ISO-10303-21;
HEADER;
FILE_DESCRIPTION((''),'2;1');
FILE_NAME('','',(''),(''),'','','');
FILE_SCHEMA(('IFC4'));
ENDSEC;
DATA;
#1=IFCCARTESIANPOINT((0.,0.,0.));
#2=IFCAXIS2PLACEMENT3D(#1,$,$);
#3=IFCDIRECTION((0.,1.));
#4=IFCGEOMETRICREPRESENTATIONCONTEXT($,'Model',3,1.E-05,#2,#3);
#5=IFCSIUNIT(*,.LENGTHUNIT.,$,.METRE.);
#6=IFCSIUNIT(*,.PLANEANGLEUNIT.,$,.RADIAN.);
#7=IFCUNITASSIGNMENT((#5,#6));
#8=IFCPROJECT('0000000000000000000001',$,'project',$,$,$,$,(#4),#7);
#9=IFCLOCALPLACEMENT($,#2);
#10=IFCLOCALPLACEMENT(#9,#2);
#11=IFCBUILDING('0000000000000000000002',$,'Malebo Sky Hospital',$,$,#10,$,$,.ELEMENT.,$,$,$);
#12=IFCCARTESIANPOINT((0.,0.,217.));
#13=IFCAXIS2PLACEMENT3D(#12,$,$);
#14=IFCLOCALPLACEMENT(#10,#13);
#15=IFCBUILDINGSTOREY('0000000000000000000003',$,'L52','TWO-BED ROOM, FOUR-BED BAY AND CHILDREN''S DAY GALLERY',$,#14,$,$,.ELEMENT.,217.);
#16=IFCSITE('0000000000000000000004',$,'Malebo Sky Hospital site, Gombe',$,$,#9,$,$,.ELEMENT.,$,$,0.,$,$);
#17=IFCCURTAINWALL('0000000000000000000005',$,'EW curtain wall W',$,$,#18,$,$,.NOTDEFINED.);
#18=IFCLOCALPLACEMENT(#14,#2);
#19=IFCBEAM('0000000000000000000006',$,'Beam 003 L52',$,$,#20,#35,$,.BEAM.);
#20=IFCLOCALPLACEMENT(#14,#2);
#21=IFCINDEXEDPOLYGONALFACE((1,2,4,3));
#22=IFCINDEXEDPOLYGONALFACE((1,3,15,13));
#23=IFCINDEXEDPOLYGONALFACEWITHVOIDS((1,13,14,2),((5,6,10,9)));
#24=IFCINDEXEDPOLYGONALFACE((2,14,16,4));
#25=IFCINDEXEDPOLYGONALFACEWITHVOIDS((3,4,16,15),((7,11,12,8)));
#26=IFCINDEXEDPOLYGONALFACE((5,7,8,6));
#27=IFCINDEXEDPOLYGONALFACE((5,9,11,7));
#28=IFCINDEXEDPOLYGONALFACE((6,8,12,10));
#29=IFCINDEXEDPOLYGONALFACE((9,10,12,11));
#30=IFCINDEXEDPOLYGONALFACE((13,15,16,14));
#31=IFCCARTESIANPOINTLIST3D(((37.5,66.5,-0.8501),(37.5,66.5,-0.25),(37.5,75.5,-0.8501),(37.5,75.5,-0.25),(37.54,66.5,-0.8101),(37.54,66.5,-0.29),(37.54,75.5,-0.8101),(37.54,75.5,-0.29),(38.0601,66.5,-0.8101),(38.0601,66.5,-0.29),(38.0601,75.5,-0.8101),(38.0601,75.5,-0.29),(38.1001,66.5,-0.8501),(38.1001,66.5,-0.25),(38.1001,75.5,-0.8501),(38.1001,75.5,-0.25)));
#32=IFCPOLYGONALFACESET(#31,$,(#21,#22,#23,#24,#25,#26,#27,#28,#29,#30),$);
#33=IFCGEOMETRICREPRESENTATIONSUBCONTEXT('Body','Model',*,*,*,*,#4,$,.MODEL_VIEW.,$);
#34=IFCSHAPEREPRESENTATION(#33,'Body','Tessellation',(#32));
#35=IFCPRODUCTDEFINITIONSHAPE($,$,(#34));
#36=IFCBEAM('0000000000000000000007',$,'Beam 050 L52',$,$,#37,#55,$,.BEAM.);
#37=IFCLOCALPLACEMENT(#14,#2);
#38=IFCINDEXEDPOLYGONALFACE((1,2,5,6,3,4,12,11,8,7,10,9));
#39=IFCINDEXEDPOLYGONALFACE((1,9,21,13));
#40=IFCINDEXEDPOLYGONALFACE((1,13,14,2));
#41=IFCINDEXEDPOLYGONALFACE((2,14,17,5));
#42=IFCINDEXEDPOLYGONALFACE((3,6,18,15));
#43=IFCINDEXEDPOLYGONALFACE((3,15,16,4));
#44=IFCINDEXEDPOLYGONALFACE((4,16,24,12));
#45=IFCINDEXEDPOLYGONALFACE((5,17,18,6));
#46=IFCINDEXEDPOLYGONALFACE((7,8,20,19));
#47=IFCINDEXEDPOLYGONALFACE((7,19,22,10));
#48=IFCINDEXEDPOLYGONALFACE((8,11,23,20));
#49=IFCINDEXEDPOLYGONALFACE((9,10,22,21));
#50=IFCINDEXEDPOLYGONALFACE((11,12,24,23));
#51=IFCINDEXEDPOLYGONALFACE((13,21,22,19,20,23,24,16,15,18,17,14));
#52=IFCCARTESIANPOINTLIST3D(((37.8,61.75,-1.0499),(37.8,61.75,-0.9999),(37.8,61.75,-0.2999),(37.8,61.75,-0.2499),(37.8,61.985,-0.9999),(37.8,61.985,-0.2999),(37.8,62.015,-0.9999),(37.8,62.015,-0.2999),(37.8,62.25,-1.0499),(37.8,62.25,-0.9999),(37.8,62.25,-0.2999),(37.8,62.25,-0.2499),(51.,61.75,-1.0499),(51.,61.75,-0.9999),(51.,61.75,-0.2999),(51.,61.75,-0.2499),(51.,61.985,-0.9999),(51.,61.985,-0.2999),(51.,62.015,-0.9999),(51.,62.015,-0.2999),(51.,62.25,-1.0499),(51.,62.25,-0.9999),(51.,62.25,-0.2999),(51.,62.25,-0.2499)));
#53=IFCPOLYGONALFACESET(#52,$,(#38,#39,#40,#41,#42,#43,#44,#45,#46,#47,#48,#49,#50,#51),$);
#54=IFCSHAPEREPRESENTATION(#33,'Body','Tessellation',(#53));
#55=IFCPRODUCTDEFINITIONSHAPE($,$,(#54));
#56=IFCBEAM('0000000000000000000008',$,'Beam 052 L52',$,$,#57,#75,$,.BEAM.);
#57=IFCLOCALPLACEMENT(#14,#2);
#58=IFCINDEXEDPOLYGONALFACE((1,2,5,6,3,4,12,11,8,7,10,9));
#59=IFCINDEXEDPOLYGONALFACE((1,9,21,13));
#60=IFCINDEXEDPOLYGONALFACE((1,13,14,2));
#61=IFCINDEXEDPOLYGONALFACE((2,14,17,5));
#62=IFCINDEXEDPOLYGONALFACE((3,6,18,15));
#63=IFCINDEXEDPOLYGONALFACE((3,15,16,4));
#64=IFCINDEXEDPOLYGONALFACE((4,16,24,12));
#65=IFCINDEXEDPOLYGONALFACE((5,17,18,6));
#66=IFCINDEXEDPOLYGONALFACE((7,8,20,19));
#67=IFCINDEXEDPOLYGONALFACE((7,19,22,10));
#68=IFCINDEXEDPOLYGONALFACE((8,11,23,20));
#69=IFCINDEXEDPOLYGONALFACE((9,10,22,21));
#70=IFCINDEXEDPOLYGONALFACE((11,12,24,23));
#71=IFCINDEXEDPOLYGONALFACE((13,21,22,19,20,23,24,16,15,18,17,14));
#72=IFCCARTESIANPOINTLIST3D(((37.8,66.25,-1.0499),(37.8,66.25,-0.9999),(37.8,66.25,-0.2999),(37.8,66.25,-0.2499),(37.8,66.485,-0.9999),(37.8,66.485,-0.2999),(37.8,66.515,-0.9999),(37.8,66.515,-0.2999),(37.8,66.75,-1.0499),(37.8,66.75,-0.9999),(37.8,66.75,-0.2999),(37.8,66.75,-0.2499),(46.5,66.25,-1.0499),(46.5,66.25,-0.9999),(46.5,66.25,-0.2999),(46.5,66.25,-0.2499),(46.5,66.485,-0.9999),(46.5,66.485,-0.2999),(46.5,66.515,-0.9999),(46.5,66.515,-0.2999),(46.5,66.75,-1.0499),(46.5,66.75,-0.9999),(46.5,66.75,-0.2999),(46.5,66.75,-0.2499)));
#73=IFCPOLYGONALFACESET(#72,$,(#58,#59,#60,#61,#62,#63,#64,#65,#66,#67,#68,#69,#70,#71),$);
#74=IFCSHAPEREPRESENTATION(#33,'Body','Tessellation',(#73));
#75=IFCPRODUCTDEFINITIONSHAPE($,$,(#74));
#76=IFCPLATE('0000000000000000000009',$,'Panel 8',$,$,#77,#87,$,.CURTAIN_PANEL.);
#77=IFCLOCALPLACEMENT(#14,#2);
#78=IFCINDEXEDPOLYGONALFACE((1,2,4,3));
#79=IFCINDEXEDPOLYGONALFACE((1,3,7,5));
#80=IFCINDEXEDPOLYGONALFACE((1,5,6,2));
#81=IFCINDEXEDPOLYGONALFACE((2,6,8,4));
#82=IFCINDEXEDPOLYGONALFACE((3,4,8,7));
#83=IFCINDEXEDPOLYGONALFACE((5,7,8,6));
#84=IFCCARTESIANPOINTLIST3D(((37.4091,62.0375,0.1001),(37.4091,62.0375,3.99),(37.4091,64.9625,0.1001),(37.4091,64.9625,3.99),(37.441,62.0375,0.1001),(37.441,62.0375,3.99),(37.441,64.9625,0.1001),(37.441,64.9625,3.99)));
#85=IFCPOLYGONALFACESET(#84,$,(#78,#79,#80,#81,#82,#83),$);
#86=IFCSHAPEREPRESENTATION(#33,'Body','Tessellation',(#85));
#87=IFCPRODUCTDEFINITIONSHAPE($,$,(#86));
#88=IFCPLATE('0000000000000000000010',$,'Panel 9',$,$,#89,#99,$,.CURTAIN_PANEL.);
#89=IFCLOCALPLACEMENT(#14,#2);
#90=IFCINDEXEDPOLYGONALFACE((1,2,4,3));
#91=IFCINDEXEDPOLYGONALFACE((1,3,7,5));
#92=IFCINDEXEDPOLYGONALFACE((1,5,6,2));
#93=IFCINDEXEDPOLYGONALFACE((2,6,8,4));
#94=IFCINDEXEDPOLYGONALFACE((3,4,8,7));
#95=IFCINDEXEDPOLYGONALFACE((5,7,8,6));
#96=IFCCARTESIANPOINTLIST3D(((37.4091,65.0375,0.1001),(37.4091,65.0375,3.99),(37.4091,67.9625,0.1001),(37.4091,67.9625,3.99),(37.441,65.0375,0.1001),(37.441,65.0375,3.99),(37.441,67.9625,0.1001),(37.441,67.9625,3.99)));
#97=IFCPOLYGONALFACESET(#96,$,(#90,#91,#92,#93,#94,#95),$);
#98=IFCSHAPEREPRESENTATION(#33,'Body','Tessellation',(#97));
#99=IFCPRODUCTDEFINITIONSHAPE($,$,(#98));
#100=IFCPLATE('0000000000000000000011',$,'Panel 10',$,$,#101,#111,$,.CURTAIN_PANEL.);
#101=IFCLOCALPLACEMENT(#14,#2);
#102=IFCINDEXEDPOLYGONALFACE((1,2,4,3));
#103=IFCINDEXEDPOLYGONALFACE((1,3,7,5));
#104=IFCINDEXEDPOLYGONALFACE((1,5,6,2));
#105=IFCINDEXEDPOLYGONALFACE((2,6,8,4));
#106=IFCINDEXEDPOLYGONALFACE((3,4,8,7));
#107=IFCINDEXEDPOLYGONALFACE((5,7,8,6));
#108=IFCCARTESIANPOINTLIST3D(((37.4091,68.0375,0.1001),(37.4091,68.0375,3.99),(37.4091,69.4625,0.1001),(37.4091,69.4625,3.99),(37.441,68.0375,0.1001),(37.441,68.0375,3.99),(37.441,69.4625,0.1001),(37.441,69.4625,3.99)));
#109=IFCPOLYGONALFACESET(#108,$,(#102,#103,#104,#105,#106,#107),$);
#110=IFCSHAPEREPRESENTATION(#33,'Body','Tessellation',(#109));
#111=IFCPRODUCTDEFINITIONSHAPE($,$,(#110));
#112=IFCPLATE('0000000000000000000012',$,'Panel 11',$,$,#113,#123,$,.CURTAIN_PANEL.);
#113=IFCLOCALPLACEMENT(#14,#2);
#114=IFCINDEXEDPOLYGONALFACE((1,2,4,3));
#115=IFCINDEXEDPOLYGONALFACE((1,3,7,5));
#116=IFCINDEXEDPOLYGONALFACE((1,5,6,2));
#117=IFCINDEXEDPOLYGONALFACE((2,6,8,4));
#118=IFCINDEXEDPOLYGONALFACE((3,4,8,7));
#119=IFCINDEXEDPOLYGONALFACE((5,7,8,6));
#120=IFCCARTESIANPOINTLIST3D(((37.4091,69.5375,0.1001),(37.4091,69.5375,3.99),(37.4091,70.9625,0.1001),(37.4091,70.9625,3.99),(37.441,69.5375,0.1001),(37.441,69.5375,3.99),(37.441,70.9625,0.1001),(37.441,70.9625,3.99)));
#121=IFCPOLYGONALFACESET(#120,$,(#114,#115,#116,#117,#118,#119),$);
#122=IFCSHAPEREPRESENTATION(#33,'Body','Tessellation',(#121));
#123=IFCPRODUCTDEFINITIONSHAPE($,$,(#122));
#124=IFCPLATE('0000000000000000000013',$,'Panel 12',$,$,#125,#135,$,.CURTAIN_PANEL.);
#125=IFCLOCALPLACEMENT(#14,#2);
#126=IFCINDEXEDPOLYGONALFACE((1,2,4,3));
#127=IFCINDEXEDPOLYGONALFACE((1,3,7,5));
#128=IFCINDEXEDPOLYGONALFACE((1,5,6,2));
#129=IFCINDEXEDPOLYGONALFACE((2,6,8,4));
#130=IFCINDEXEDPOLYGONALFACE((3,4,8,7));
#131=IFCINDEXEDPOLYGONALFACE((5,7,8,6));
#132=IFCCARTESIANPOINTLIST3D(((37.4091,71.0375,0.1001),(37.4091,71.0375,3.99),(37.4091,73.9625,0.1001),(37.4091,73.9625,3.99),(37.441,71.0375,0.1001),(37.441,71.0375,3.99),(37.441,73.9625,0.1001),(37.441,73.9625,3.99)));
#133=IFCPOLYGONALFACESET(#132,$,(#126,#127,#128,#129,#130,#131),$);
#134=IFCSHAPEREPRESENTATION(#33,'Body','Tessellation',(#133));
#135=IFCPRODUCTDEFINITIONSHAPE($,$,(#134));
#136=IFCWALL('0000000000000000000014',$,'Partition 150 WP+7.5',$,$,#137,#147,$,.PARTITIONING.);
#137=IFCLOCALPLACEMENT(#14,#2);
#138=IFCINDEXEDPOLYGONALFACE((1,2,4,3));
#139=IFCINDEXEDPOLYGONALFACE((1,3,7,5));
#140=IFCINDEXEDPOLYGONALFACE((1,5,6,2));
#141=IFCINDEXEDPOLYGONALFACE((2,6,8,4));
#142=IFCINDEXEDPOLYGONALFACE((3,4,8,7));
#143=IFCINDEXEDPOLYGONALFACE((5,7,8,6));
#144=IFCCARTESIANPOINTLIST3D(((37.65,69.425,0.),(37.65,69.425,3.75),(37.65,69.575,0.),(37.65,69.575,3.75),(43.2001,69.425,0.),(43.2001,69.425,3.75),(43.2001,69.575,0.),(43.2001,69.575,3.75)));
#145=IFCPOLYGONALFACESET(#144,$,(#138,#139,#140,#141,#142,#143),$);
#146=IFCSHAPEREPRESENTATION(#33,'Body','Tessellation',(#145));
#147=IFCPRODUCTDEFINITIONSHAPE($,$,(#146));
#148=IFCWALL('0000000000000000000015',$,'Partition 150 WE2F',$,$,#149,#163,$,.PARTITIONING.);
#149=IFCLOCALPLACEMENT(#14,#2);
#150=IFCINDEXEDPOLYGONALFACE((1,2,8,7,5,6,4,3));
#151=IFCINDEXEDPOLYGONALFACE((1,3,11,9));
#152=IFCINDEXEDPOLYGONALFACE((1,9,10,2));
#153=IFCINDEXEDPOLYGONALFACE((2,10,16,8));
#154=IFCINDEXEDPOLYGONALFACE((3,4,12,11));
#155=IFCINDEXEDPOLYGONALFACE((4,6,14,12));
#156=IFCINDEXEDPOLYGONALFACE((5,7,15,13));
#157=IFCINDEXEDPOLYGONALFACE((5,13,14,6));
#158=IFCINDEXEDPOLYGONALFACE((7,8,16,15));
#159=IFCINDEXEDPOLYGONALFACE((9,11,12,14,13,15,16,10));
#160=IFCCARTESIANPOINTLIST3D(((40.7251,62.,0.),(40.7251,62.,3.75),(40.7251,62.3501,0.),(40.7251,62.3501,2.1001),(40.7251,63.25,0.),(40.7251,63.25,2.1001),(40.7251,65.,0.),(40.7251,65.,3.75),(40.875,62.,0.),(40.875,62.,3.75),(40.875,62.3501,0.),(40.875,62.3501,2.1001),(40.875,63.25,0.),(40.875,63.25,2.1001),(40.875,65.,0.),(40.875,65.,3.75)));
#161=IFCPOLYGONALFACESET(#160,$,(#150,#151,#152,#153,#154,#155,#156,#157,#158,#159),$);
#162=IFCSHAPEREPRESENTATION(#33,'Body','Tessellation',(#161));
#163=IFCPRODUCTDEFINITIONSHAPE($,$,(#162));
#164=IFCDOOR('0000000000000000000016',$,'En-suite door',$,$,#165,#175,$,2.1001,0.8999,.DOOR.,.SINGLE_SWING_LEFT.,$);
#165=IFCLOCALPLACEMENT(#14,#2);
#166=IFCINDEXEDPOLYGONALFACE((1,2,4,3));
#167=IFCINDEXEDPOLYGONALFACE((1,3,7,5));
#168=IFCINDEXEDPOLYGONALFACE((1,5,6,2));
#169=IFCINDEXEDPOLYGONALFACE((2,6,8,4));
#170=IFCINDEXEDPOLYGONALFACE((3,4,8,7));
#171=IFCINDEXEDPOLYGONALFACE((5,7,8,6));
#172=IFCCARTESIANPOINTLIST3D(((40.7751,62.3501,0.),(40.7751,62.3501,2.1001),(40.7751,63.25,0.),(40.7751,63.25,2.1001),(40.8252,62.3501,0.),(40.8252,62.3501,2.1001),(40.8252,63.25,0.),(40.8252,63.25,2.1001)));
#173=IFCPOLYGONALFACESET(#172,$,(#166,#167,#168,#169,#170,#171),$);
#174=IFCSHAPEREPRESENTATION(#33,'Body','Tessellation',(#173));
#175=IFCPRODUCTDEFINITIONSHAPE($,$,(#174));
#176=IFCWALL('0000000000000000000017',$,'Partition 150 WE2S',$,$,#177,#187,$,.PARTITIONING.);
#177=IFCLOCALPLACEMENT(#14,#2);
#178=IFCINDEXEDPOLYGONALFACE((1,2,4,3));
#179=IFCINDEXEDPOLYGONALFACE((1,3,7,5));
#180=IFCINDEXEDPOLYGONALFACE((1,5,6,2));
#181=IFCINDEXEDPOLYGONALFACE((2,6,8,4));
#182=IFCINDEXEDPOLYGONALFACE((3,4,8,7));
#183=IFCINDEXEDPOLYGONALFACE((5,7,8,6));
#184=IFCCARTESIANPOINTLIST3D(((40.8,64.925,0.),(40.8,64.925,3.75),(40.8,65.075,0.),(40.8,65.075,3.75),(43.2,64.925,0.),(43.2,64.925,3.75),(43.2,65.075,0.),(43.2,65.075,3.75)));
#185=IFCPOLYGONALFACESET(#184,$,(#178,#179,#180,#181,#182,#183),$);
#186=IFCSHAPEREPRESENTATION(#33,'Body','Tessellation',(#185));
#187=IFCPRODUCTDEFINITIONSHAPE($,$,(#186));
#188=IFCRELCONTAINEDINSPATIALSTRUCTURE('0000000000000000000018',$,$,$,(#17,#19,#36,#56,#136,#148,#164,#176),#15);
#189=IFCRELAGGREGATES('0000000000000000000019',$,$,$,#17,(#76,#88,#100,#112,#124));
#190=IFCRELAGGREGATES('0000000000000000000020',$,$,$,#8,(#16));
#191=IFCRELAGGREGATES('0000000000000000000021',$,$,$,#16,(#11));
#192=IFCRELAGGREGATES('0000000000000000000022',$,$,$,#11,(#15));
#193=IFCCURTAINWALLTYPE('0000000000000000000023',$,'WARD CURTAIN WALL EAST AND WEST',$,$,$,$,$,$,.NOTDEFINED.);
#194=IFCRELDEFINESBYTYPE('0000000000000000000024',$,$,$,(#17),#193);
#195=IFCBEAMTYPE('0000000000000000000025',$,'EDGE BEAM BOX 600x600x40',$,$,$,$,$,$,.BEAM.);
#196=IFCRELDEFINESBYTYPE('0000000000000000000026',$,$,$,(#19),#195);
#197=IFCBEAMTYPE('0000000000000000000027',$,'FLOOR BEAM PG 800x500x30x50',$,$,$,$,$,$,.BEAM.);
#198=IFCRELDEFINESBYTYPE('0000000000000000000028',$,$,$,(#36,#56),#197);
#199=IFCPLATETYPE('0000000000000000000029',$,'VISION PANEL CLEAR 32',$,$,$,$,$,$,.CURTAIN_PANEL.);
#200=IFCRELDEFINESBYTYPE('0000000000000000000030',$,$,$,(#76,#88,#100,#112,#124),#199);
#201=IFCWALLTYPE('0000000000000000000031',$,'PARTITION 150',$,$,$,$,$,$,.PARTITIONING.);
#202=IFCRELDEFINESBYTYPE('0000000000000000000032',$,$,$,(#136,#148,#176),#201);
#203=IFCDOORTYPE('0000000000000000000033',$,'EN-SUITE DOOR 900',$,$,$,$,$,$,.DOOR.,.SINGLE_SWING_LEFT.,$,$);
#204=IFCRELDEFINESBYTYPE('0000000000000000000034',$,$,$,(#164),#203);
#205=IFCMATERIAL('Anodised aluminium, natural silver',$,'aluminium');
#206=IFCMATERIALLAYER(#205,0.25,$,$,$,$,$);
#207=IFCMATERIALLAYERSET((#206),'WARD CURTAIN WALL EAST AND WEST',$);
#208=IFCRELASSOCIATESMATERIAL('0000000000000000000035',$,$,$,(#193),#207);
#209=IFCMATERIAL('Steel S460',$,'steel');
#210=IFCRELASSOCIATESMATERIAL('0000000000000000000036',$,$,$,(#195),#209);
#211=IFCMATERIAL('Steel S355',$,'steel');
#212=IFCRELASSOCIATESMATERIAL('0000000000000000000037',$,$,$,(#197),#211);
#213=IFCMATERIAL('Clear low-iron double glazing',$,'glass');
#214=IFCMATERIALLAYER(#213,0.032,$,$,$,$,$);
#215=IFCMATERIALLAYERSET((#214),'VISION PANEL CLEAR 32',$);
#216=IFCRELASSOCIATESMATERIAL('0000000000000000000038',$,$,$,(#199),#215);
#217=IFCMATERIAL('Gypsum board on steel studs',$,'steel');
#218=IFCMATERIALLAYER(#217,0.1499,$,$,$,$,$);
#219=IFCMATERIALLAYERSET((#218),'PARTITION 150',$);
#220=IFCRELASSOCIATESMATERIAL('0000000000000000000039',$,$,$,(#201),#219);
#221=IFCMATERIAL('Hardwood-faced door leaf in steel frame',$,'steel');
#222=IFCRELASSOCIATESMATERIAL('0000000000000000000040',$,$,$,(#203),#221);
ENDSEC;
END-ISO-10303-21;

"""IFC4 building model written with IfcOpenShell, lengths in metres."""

from ifc_helpers import new_model, si_unit, direction, frame, frame_2d, origin, origin_2d, place, context, subcontext, project, spatial, rectangle, hollow_rectangle, i_section, extrude, material, layer, layer_set, material_profile, profile_set, type_object, element, fill, aggregate, save


model = new_model("IFC4")

# Units and contexts
model_context = context("Model", 3, precision=1e-05, world=origin(), true_north=direction((0.0, 1.0)))
body_context = subcontext(model_context, "Body", "Model", "MODEL_VIEW")
ifc_project = project(units=[si_unit("LENGTHUNIT", "METRE"), si_unit("PLANEANGLEUNIT", "RADIAN")], contexts=[model_context])

# Site, building, storey
site_placement = place(None, origin())
site = spatial("IfcSite", under=ifc_project, at=site_placement, Name="Malebo Sky Hospital site, Gombe", CompositionType="ELEMENT", RefElevation=0.0)
building_placement = place(site_placement, origin())
building = spatial("IfcBuilding", under=site, at=building_placement, Name="Malebo Sky Hospital", CompositionType="ELEMENT")
storey_placement = place(building_placement, frame((0.0, 0.0, 217.0)))
storey = spatial("IfcBuildingStorey", under=building, at=storey_placement, Name="L52", Description="TWO-BED ROOM, FOUR-BED BAY AND CHILDREN'S DAY GALLERY", CompositionType="ELEMENT", Elevation=217.0)

# Shared definitions
ifc_material_1 = material(Name="Steel S460", Category="steel")

# Curtain wall
ifc_material_2 = material(Name="Anodised aluminium, natural silver", Category="aluminium")
ifc_layer_1 = layer(ifc_material_2, 0.25)
ifc_layer_set_1 = layer_set([ifc_layer_1], Name="WARD CURTAIN WALL EAST AND WEST")
curtain_wall_type = type_object("IfcCurtainWallType", Name="WARD CURTAIN WALL EAST AND WEST", PredefinedType="NOTDEFINED", material=ifc_layer_set_1)
curtain_wall_placement = place(storey_placement, origin())
curtain_wall = element("IfcCurtainWall", 1, at=curtain_wall_placement, inside=storey, type_object=curtain_wall_type, Name="EW curtain wall W", PredefinedType="NOTDEFINED")

# Beams
ifc_material_profile_1 = material_profile(ifc_material_1, hollow_rectangle(XDim=0.6001, YDim=0.6001, WallThickness=0.04, at=origin_2d()), Name="BOX 600x600x40")
ifc_profile_set_1 = profile_set([ifc_material_profile_1], Name="Steel S460")
beam_type_1 = type_object("IfcBeamType", Name="EDGE BEAM BOX 600x600x40", PredefinedType="BEAM", material=ifc_profile_set_1)
beam_1_placement = place(storey_placement, frame((37.8, 66.5, -0.55), z_axis=(0.0, 1.0, 0.0), x_axis=(-1.0, 0.0, 0.0)))
element("IfcBeam", 2, at=beam_1_placement, inside=storey, type_object=beam_type_1, Name="Beam 003 L52", PredefinedType="BEAM", context=body_context, shape_type="SweptSolid", body=[
    extrude(hollow_rectangle(XDim=0.6001, YDim=0.6001, WallThickness=0.04, at=origin_2d()), origin(), (0.0, 0.0, 1.0), 9.0),
])
ifc_material_3 = material(Name="Steel S355", Category="steel")
ifc_material_profile_2 = material_profile(ifc_material_3, i_section(OverallWidth=0.5, OverallDepth=0.8, WebThickness=0.03, FlangeThickness=0.05, at=origin_2d()), Name="PG 800x500x30x50")
ifc_profile_set_2 = profile_set([ifc_material_profile_2], Name="Steel S355")
beam_type_2 = type_object("IfcBeamType", Name="FLOOR BEAM PG 800x500x30x50", PredefinedType="BEAM", material=ifc_profile_set_2)
beam_2_placement = place(storey_placement, frame((37.8, 62.0, -0.6499), z_axis=(1.0, 0.0, 0.0), x_axis=(0.0, 1.0, 0.0)))
element("IfcBeam", 3, at=beam_2_placement, inside=storey, type_object=beam_type_2, Name="Beam 050 L52", PredefinedType="BEAM", context=body_context, shape_type="SweptSolid", body=[
    extrude(i_section(OverallWidth=0.5, OverallDepth=0.8, WebThickness=0.03, FlangeThickness=0.05, at=origin_2d()), origin(), (0.0, 0.0, 1.0), 13.2),
])
beam_3_placement = place(storey_placement, frame((37.8, 66.5, -0.6499), z_axis=(1.0, 0.0, 0.0), x_axis=(0.0, 1.0, 0.0)))
element("IfcBeam", 4, at=beam_3_placement, inside=storey, type_object=beam_type_2, Name="Beam 052 L52", PredefinedType="BEAM", context=body_context, shape_type="SweptSolid", body=[
    extrude(i_section(OverallWidth=0.5, OverallDepth=0.8, WebThickness=0.03, FlangeThickness=0.05, at=origin_2d()), origin(), (0.0, 0.0, 1.0), 8.7),
])

# Plates
ifc_material_4 = material(Name="Clear low-iron double glazing", Category="glass")
ifc_layer_2 = layer(ifc_material_4, 0.032)
ifc_layer_set_2 = layer_set([ifc_layer_2], Name="VISION PANEL CLEAR 32")
plate_type = type_object("IfcPlateType", Name="VISION PANEL CLEAR 32", PredefinedType="CURTAIN_PANEL", material=ifc_layer_set_2)
plate_1_placement = place(storey_placement, frame((37.425, 63.5, 0.1001), z_axis=(0.0, 0.0, 1.0), x_axis=(0.0, 1.0, 0.0)))
plate_1 = element("IfcPlate", 5, at=plate_1_placement, type_object=plate_type, Name="Panel 8", PredefinedType="CURTAIN_PANEL", context=body_context, shape_type="SweptSolid", body=[
    extrude(rectangle(XDim=2.925, YDim=0.032, at=origin_2d()), origin(), (0.0, 0.0, 1.0), 3.8899),
])
plate_2_placement = place(storey_placement, frame((37.425, 66.5, 0.1001), z_axis=(0.0, 0.0, 1.0), x_axis=(0.0, 1.0, 0.0)))
plate_2 = element("IfcPlate", 6, at=plate_2_placement, type_object=plate_type, Name="Panel 9", PredefinedType="CURTAIN_PANEL", context=body_context, shape_type="SweptSolid", body=[
    extrude(rectangle(XDim=2.925, YDim=0.032, at=origin_2d()), origin(), (0.0, 0.0, 1.0), 3.8899),
])
plate_3_placement = place(storey_placement, frame((37.425, 68.75, 0.1001), z_axis=(0.0, 0.0, 1.0), x_axis=(0.0, 1.0, 0.0)))
plate_3 = element("IfcPlate", 7, at=plate_3_placement, type_object=plate_type, Name="Panel 10", PredefinedType="CURTAIN_PANEL", context=body_context, shape_type="SweptSolid", body=[
    extrude(rectangle(XDim=1.425, YDim=0.032, at=origin_2d()), origin(), (0.0, 0.0, 1.0), 3.8899),
])
plate_4_placement = place(storey_placement, frame((37.425, 70.25, 0.1001), z_axis=(0.0, 0.0, 1.0), x_axis=(0.0, 1.0, 0.0)))
plate_4 = element("IfcPlate", 8, at=plate_4_placement, type_object=plate_type, Name="Panel 11", PredefinedType="CURTAIN_PANEL", context=body_context, shape_type="SweptSolid", body=[
    extrude(rectangle(XDim=1.425, YDim=0.032, at=origin_2d()), origin(), (0.0, 0.0, 1.0), 3.8899),
])
plate_5_placement = place(storey_placement, frame((37.425, 72.5, 0.1001), z_axis=(0.0, 0.0, 1.0), x_axis=(0.0, 1.0, 0.0)))
plate_5 = element("IfcPlate", 9, at=plate_5_placement, type_object=plate_type, Name="Panel 12", PredefinedType="CURTAIN_PANEL", context=body_context, shape_type="SweptSolid", body=[
    extrude(rectangle(XDim=2.925, YDim=0.032, at=origin_2d()), origin(), (0.0, 0.0, 1.0), 3.8899),
])
aggregate(curtain_wall, [plate_1, plate_2, plate_3, plate_4, plate_5])

# Wall
ifc_material_5 = material(Name="Gypsum board on steel studs", Category="steel")
ifc_layer_3 = layer(ifc_material_5, 0.1499)
ifc_layer_set_3 = layer_set([ifc_layer_3], Name="PARTITION 150")
wall_type_1 = type_object("IfcWallType", Name="PARTITION 150", PredefinedType="PARTITIONING", material=ifc_layer_set_3)
wall_1_placement = place(storey_placement, frame((43.2, 69.5, 0.0), z_axis=(0.0, 0.0, 1.0), x_axis=(-1.0, 0.0, 0.0)))
element("IfcWall", 10, at=wall_1_placement, inside=storey, type_object=wall_type_1, Name="Partition 150 WP+7.5", PredefinedType="PARTITIONING", context=body_context, shape_type="SweptSolid", body=[
    extrude(rectangle(XDim=5.55, YDim=0.1499, at=frame_2d((2.7749, 0.0))), origin(), (0.0, 0.0, 1.0), 3.75),
])

# Wall, opening, door
wall_2_placement = place(storey_placement, frame((40.8, 62.0, 0.0), z_axis=(0.0, 0.0, 1.0), x_axis=(0.0, 1.0, 0.0)))
wall_2 = element("IfcWall", 11, at=wall_2_placement, inside=storey, type_object=wall_type_1, Name="Partition 150 WE2F", PredefinedType="PARTITIONING", context=body_context, shape_type="SweptSolid", body=[
    extrude(rectangle(XDim=3.0, YDim=0.1499, at=frame_2d((1.5, 0.0))), origin(), (0.0, 0.0, 1.0), 3.75),
])
opening_1_placement = place(wall_2_placement, frame((0.3501, 0.0, 0.0)))
opening_1 = element("IfcOpeningElement", 12, at=opening_1_placement, cuts=wall_2, PredefinedType="OPENING", context=body_context, shape_type="SweptSolid", body=[
    extrude(rectangle(XDim=0.8999, YDim=2.1001, at=frame_2d((0.45, 1.05))), frame((0.0, 0.085, 0.0), z_axis=(0.0, -1.0, 0.0), x_axis=(1.0, 0.0, 0.0)), (0.0, 0.0, 1.0), 0.1699),
])
ifc_material_6 = material(Name="Hardwood-faced door leaf in steel frame", Category="steel")
door_type = type_object("IfcDoorType", Name="EN-SUITE DOOR 900", OperationType="SINGLE_SWING_LEFT", PredefinedType="DOOR", material=ifc_material_6)
door_1_placement = place(opening_1_placement, origin())
door_1 = element("IfcDoor", 13, at=door_1_placement, inside=storey, type_object=door_type, Name="En-suite door", OperationType="SINGLE_SWING_LEFT", OverallHeight=2.1001, OverallWidth=0.8999, PredefinedType="DOOR", context=body_context, shape_type="SweptSolid", body=[
    extrude(rectangle(XDim=0.8999, YDim=2.1001, at=frame_2d((0.45, 1.05))), frame((0.0, 0.0249, 0.0), z_axis=(0.0, -1.0, 0.0), x_axis=(1.0, 0.0, 0.0)), (0.0, 0.0, 1.0), 0.05),
])
fill(opening_1, door_1)

# Wall
wall_3_placement = place(storey_placement, frame((43.2, 65.0, 0.0), z_axis=(0.0, 0.0, 1.0), x_axis=(-1.0, 0.0, 0.0)))
element("IfcWall", 14, at=wall_3_placement, inside=storey, type_object=wall_type_1, Name="Partition 150 WE2S", PredefinedType="PARTITIONING", context=body_context, shape_type="SweptSolid", body=[
    extrude(rectangle(XDim=2.3999, YDim=0.1499, at=frame_2d((1.2, 0.0))), origin(), (0.0, 0.0, 1.0), 3.75),
])

save(model, "model.ifc")
